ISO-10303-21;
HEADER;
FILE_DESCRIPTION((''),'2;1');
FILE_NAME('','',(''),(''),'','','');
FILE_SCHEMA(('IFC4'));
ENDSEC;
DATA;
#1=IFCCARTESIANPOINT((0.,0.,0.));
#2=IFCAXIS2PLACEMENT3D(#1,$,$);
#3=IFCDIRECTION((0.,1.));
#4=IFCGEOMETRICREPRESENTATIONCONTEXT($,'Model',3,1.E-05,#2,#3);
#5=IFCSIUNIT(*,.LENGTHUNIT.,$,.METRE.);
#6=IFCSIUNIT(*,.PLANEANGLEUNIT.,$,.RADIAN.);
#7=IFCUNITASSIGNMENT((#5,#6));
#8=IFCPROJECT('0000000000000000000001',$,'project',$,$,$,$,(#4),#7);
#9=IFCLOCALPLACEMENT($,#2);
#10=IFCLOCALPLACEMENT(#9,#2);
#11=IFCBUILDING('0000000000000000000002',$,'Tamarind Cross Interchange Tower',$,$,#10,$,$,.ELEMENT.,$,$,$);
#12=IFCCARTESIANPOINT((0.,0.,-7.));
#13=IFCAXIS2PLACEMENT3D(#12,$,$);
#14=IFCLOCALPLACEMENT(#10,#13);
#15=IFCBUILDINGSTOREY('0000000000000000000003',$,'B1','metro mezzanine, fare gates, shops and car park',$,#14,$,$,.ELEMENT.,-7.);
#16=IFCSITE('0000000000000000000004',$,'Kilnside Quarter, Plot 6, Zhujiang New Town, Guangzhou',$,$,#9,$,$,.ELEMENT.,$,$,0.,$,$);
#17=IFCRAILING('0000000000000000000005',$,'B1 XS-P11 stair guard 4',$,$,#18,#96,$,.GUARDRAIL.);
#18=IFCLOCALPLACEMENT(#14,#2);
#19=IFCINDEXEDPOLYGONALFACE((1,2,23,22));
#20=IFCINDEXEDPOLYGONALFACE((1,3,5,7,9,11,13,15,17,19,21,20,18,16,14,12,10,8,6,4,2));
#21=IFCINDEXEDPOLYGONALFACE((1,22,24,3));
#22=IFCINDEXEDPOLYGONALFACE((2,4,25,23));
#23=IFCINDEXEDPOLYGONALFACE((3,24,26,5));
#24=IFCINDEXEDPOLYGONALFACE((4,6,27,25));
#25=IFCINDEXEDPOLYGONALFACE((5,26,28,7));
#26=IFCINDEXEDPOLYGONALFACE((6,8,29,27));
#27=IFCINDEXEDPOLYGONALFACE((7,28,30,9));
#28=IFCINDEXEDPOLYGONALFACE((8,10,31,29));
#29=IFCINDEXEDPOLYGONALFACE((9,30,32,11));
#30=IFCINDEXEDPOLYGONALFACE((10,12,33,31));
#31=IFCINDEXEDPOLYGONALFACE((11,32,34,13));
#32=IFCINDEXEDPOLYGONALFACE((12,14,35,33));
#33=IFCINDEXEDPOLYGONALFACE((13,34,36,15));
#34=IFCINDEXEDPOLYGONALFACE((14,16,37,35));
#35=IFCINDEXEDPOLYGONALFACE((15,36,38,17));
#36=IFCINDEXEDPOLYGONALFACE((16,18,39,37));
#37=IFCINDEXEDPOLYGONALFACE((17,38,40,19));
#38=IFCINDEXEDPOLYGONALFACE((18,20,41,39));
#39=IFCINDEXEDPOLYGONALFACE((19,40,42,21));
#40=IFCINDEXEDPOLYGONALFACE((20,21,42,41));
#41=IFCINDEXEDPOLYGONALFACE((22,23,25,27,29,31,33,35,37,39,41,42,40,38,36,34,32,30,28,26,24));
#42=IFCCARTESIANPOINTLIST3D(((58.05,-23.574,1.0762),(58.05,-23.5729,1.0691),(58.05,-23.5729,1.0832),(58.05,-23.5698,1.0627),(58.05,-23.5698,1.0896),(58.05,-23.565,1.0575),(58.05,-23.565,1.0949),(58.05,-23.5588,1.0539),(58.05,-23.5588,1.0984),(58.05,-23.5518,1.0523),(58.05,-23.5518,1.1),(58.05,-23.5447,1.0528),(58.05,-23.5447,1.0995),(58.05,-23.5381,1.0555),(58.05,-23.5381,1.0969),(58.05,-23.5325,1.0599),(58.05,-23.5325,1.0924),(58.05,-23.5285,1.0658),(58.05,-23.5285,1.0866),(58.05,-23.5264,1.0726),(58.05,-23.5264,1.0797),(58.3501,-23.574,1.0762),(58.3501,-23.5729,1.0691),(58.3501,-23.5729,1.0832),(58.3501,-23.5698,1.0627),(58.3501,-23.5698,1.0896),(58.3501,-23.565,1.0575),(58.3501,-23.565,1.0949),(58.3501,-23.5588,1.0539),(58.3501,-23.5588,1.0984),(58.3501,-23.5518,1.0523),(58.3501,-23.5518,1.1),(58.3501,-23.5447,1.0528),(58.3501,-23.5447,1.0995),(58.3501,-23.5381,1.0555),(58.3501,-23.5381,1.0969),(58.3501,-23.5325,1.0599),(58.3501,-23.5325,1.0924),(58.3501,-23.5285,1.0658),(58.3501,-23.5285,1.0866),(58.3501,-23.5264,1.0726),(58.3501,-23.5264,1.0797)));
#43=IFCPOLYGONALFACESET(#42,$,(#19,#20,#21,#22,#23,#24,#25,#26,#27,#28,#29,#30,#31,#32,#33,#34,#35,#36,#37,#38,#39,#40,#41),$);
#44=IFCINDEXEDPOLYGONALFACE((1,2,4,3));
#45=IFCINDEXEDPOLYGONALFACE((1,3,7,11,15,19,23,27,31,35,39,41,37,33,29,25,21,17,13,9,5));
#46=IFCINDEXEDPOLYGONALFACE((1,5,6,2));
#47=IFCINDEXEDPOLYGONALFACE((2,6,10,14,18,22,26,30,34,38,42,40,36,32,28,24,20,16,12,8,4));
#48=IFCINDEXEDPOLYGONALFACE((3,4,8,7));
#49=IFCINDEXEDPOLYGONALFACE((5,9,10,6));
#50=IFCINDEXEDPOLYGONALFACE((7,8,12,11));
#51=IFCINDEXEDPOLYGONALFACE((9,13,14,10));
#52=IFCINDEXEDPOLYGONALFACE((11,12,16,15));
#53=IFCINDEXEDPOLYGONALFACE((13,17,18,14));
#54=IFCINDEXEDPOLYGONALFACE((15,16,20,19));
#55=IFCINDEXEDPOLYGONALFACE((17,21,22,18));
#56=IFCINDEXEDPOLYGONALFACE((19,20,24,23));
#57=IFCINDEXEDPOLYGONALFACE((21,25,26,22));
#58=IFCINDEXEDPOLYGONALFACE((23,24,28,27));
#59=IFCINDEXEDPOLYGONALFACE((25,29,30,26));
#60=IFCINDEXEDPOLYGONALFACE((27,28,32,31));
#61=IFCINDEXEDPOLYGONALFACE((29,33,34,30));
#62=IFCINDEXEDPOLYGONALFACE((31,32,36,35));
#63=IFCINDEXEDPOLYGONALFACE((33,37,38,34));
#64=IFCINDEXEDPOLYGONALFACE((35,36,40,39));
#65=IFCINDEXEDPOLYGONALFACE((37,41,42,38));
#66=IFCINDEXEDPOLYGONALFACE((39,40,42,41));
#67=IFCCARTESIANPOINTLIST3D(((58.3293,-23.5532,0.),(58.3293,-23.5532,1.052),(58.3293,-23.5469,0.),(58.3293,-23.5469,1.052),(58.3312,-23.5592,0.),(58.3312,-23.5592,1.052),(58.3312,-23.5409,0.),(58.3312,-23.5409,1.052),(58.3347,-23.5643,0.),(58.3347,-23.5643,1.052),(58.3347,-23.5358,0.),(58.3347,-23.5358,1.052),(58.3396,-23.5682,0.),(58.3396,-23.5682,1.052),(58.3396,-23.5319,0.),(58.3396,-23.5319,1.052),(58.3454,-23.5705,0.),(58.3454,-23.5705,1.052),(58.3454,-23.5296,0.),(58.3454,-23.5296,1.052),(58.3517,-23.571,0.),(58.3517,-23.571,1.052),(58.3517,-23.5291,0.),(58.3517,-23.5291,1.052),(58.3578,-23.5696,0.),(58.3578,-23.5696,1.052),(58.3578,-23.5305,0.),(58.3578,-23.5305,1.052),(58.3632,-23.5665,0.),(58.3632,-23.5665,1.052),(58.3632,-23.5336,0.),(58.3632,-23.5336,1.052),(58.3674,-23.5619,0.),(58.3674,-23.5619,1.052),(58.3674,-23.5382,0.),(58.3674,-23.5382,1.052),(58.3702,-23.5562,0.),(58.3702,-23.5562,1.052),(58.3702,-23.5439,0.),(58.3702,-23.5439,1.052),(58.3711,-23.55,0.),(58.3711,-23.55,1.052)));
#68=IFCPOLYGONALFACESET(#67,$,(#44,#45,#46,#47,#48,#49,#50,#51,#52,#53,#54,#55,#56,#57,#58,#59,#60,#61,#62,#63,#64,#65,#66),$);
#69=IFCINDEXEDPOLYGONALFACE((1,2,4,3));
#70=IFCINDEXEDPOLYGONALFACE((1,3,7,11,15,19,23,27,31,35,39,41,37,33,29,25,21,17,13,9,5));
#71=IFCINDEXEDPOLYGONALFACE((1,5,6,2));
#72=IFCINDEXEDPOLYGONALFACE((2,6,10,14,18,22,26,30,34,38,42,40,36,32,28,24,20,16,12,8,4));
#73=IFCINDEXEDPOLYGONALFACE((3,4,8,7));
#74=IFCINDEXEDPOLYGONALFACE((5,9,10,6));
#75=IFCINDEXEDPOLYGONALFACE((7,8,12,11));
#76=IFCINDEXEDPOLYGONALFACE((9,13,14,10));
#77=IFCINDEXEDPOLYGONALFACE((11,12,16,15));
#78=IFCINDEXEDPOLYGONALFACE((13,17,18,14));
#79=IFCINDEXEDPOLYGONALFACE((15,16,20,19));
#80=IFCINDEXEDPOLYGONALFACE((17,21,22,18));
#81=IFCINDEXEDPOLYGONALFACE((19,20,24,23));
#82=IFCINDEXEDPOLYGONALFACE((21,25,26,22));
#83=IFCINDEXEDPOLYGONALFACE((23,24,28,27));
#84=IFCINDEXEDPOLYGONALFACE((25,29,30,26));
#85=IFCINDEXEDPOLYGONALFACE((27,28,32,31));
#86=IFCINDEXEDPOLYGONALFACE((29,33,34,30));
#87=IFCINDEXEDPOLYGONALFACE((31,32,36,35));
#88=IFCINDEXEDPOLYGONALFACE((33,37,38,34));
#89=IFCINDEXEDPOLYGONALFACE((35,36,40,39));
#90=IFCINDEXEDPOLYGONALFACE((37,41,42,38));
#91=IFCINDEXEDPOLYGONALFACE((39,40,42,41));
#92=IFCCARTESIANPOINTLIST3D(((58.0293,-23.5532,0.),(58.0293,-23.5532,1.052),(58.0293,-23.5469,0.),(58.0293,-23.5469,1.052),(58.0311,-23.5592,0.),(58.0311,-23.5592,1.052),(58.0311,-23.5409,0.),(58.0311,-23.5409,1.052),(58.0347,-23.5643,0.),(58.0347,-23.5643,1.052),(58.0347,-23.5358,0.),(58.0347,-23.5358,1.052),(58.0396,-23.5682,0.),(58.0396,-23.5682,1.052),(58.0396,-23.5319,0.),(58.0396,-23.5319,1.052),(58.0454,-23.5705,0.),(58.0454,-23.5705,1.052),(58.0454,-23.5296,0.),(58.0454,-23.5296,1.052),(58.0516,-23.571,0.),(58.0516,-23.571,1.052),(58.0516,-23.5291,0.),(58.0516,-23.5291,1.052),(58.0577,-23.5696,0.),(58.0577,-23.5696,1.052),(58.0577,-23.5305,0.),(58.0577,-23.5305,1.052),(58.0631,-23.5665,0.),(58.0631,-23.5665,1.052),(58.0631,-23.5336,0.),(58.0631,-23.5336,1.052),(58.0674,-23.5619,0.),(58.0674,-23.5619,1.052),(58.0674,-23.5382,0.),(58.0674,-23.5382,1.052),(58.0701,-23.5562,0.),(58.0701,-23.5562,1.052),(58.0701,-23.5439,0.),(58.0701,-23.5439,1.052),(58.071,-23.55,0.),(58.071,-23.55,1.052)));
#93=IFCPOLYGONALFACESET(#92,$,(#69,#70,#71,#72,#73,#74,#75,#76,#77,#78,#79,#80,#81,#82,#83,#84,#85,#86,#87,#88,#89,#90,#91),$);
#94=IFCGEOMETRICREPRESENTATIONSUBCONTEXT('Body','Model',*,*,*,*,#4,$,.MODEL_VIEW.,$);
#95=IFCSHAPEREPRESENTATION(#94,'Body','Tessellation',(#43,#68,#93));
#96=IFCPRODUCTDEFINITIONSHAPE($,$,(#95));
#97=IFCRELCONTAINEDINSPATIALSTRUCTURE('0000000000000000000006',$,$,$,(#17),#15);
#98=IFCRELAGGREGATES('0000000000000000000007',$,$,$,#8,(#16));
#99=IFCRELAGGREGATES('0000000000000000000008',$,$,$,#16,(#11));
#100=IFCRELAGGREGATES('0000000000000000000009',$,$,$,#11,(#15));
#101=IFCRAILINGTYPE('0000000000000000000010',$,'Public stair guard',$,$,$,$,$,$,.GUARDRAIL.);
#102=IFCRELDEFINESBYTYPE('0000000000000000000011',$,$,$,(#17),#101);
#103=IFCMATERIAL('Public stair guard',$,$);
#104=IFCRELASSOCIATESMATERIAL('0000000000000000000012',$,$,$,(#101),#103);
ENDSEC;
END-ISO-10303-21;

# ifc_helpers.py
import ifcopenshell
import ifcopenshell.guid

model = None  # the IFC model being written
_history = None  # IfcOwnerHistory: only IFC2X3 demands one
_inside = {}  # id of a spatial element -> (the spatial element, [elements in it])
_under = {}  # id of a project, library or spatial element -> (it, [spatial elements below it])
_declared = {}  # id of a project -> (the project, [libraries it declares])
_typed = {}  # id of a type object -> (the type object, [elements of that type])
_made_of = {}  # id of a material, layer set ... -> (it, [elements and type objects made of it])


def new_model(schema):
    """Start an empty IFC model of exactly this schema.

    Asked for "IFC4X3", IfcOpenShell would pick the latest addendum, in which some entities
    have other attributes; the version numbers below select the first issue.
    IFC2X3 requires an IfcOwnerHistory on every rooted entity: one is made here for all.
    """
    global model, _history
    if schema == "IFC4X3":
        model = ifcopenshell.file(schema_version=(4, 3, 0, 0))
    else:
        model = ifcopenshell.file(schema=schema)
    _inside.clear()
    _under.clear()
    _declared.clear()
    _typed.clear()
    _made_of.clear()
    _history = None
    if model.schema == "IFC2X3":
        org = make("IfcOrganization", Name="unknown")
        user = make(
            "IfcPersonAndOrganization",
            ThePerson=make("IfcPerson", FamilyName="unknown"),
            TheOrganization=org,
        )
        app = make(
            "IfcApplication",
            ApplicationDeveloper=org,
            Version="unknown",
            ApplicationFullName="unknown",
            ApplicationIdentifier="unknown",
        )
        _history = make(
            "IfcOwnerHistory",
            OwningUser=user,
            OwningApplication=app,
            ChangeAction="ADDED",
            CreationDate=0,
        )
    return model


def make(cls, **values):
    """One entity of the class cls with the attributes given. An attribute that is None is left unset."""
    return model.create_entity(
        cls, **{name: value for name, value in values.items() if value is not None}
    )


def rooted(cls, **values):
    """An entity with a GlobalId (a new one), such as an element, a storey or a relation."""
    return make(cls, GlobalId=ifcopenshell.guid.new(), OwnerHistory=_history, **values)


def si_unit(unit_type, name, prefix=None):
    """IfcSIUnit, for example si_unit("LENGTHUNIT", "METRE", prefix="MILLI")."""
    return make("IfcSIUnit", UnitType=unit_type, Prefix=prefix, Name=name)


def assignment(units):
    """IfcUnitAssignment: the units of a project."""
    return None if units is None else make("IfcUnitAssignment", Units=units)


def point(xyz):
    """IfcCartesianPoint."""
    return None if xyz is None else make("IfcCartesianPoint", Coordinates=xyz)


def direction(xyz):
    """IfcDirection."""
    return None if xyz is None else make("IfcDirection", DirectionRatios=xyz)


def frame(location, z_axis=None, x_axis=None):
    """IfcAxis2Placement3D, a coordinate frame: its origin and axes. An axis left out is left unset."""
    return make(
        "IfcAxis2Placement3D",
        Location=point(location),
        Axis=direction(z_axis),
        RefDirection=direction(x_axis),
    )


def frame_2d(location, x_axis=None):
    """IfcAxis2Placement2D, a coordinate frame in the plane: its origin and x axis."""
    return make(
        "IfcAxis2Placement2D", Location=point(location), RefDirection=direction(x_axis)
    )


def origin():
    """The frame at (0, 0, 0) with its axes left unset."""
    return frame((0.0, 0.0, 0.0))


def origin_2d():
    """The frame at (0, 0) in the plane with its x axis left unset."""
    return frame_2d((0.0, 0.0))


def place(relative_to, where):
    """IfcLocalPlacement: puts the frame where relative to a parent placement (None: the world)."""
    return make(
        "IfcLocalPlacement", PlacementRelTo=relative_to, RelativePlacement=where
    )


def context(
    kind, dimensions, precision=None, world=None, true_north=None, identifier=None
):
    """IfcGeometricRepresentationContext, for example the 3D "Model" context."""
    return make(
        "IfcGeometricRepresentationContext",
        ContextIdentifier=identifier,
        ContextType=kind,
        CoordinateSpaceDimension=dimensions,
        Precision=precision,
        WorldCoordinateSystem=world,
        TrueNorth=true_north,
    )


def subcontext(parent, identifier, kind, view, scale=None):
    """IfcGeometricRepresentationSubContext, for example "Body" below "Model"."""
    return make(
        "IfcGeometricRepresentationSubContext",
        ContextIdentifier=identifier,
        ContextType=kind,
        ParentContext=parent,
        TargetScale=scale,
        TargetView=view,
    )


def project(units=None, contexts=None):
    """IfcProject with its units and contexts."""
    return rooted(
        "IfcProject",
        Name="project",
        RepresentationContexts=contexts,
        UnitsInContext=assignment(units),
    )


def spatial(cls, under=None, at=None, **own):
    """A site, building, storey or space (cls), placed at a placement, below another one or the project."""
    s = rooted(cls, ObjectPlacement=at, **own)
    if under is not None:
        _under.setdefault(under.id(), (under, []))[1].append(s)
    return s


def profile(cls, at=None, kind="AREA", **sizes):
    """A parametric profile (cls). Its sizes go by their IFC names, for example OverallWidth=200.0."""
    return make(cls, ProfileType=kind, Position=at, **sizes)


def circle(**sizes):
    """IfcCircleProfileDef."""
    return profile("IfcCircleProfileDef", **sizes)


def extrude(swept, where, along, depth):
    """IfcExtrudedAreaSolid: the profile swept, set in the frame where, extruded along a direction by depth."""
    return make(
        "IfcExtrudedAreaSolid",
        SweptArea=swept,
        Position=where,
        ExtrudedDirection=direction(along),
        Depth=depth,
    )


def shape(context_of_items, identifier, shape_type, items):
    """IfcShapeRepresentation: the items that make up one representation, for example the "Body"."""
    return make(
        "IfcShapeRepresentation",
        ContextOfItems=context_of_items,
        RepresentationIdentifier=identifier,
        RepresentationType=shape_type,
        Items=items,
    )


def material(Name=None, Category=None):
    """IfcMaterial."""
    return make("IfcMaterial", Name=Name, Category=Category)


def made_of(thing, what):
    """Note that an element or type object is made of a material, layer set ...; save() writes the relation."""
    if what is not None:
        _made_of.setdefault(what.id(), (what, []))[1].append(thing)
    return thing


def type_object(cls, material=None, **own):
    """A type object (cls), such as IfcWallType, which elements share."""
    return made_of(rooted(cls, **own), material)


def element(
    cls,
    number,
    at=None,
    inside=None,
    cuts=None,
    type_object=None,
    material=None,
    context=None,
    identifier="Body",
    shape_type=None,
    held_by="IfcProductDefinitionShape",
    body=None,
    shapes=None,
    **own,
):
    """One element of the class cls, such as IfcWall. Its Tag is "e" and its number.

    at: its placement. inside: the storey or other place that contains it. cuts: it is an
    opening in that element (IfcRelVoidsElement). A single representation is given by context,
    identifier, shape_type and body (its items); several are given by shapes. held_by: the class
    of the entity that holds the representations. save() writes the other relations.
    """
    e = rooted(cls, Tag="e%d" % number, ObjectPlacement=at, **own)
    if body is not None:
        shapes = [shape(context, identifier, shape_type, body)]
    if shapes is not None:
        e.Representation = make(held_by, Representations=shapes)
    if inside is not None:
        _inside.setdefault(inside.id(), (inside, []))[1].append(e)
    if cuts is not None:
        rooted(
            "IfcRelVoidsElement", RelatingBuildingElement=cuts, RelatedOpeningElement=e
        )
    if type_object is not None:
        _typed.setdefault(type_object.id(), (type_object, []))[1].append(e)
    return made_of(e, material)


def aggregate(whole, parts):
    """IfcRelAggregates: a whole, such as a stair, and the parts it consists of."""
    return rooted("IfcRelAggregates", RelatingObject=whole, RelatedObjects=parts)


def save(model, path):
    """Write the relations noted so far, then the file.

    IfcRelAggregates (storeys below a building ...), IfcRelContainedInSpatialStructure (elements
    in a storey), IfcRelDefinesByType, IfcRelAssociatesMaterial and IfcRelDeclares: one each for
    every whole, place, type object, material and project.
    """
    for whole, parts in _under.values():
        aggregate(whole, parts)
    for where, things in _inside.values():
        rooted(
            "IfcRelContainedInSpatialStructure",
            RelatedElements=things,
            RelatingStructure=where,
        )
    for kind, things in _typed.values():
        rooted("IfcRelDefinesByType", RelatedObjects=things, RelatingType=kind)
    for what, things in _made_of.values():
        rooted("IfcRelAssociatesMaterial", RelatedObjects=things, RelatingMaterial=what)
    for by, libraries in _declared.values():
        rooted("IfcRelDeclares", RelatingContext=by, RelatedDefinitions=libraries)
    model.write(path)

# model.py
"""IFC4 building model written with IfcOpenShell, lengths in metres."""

from ifc_helpers import new_model, si_unit, direction, frame, origin, origin_2d, place, context, subcontext, project, spatial, circle, extrude, material, type_object, element, save


model = new_model("IFC4")

# Units and contexts
model_context = context("Model", 3, precision=1e-05, world=origin(), true_north=direction((0.0, 1.0)))
body_context = subcontext(model_context, "Body", "Model", "MODEL_VIEW")
ifc_project = project(units=[si_unit("LENGTHUNIT", "METRE"), si_unit("PLANEANGLEUNIT", "RADIAN")], contexts=[model_context])

# Site, building, storey
site_placement = place(None, origin())
site = spatial("IfcSite", under=ifc_project, at=site_placement, Name="Kilnside Quarter, Plot 6, Zhujiang New Town, Guangzhou", CompositionType="ELEMENT", RefElevation=0.0)
building_placement = place(site_placement, origin())
building = spatial("IfcBuilding", under=site, at=building_placement, Name="Tamarind Cross Interchange Tower", CompositionType="ELEMENT")
storey_placement = place(building_placement, frame((0.0, 0.0, -7.0)))
storey = spatial("IfcBuildingStorey", under=building, at=storey_placement, Name="B1", Description="metro mezzanine, fare gates, shops and car park", CompositionType="ELEMENT", Elevation=-7.0)

# Railing
ifc_material_1 = material(Name="Public stair guard")
railing_type = type_object("IfcRailingType", Name="Public stair guard", PredefinedType="GUARDRAIL", material=ifc_material_1)
railing_1_placement = place(storey_placement, frame((58.3501, -23.55, 0.0)))
element("IfcRailing", 1, at=railing_1_placement, inside=storey, type_object=railing_type, Name="B1 XS-P11 stair guard 4", PredefinedType="GUARDRAIL", context=body_context, shape_type="SweptSolid", body=[
    extrude(circle(Radius=0.0239, at=origin_2d()), frame((0.0, 0.0, 1.0762), z_axis=(-1.0, 0.0, 0.0), x_axis=(0.0, -1.0, 0.0)), (0.0, 0.0, 1.0), 0.3),
    extrude(circle(Radius=0.021, at=origin_2d()), origin(), (0.0, 0.0, 1.0), 1.052),
    extrude(circle(Radius=0.021, at=origin_2d()), frame((-0.3, 0.0, 0.0)), (0.0, 0.0, 1.0), 1.052),
])

save(model, "model.ifc")
